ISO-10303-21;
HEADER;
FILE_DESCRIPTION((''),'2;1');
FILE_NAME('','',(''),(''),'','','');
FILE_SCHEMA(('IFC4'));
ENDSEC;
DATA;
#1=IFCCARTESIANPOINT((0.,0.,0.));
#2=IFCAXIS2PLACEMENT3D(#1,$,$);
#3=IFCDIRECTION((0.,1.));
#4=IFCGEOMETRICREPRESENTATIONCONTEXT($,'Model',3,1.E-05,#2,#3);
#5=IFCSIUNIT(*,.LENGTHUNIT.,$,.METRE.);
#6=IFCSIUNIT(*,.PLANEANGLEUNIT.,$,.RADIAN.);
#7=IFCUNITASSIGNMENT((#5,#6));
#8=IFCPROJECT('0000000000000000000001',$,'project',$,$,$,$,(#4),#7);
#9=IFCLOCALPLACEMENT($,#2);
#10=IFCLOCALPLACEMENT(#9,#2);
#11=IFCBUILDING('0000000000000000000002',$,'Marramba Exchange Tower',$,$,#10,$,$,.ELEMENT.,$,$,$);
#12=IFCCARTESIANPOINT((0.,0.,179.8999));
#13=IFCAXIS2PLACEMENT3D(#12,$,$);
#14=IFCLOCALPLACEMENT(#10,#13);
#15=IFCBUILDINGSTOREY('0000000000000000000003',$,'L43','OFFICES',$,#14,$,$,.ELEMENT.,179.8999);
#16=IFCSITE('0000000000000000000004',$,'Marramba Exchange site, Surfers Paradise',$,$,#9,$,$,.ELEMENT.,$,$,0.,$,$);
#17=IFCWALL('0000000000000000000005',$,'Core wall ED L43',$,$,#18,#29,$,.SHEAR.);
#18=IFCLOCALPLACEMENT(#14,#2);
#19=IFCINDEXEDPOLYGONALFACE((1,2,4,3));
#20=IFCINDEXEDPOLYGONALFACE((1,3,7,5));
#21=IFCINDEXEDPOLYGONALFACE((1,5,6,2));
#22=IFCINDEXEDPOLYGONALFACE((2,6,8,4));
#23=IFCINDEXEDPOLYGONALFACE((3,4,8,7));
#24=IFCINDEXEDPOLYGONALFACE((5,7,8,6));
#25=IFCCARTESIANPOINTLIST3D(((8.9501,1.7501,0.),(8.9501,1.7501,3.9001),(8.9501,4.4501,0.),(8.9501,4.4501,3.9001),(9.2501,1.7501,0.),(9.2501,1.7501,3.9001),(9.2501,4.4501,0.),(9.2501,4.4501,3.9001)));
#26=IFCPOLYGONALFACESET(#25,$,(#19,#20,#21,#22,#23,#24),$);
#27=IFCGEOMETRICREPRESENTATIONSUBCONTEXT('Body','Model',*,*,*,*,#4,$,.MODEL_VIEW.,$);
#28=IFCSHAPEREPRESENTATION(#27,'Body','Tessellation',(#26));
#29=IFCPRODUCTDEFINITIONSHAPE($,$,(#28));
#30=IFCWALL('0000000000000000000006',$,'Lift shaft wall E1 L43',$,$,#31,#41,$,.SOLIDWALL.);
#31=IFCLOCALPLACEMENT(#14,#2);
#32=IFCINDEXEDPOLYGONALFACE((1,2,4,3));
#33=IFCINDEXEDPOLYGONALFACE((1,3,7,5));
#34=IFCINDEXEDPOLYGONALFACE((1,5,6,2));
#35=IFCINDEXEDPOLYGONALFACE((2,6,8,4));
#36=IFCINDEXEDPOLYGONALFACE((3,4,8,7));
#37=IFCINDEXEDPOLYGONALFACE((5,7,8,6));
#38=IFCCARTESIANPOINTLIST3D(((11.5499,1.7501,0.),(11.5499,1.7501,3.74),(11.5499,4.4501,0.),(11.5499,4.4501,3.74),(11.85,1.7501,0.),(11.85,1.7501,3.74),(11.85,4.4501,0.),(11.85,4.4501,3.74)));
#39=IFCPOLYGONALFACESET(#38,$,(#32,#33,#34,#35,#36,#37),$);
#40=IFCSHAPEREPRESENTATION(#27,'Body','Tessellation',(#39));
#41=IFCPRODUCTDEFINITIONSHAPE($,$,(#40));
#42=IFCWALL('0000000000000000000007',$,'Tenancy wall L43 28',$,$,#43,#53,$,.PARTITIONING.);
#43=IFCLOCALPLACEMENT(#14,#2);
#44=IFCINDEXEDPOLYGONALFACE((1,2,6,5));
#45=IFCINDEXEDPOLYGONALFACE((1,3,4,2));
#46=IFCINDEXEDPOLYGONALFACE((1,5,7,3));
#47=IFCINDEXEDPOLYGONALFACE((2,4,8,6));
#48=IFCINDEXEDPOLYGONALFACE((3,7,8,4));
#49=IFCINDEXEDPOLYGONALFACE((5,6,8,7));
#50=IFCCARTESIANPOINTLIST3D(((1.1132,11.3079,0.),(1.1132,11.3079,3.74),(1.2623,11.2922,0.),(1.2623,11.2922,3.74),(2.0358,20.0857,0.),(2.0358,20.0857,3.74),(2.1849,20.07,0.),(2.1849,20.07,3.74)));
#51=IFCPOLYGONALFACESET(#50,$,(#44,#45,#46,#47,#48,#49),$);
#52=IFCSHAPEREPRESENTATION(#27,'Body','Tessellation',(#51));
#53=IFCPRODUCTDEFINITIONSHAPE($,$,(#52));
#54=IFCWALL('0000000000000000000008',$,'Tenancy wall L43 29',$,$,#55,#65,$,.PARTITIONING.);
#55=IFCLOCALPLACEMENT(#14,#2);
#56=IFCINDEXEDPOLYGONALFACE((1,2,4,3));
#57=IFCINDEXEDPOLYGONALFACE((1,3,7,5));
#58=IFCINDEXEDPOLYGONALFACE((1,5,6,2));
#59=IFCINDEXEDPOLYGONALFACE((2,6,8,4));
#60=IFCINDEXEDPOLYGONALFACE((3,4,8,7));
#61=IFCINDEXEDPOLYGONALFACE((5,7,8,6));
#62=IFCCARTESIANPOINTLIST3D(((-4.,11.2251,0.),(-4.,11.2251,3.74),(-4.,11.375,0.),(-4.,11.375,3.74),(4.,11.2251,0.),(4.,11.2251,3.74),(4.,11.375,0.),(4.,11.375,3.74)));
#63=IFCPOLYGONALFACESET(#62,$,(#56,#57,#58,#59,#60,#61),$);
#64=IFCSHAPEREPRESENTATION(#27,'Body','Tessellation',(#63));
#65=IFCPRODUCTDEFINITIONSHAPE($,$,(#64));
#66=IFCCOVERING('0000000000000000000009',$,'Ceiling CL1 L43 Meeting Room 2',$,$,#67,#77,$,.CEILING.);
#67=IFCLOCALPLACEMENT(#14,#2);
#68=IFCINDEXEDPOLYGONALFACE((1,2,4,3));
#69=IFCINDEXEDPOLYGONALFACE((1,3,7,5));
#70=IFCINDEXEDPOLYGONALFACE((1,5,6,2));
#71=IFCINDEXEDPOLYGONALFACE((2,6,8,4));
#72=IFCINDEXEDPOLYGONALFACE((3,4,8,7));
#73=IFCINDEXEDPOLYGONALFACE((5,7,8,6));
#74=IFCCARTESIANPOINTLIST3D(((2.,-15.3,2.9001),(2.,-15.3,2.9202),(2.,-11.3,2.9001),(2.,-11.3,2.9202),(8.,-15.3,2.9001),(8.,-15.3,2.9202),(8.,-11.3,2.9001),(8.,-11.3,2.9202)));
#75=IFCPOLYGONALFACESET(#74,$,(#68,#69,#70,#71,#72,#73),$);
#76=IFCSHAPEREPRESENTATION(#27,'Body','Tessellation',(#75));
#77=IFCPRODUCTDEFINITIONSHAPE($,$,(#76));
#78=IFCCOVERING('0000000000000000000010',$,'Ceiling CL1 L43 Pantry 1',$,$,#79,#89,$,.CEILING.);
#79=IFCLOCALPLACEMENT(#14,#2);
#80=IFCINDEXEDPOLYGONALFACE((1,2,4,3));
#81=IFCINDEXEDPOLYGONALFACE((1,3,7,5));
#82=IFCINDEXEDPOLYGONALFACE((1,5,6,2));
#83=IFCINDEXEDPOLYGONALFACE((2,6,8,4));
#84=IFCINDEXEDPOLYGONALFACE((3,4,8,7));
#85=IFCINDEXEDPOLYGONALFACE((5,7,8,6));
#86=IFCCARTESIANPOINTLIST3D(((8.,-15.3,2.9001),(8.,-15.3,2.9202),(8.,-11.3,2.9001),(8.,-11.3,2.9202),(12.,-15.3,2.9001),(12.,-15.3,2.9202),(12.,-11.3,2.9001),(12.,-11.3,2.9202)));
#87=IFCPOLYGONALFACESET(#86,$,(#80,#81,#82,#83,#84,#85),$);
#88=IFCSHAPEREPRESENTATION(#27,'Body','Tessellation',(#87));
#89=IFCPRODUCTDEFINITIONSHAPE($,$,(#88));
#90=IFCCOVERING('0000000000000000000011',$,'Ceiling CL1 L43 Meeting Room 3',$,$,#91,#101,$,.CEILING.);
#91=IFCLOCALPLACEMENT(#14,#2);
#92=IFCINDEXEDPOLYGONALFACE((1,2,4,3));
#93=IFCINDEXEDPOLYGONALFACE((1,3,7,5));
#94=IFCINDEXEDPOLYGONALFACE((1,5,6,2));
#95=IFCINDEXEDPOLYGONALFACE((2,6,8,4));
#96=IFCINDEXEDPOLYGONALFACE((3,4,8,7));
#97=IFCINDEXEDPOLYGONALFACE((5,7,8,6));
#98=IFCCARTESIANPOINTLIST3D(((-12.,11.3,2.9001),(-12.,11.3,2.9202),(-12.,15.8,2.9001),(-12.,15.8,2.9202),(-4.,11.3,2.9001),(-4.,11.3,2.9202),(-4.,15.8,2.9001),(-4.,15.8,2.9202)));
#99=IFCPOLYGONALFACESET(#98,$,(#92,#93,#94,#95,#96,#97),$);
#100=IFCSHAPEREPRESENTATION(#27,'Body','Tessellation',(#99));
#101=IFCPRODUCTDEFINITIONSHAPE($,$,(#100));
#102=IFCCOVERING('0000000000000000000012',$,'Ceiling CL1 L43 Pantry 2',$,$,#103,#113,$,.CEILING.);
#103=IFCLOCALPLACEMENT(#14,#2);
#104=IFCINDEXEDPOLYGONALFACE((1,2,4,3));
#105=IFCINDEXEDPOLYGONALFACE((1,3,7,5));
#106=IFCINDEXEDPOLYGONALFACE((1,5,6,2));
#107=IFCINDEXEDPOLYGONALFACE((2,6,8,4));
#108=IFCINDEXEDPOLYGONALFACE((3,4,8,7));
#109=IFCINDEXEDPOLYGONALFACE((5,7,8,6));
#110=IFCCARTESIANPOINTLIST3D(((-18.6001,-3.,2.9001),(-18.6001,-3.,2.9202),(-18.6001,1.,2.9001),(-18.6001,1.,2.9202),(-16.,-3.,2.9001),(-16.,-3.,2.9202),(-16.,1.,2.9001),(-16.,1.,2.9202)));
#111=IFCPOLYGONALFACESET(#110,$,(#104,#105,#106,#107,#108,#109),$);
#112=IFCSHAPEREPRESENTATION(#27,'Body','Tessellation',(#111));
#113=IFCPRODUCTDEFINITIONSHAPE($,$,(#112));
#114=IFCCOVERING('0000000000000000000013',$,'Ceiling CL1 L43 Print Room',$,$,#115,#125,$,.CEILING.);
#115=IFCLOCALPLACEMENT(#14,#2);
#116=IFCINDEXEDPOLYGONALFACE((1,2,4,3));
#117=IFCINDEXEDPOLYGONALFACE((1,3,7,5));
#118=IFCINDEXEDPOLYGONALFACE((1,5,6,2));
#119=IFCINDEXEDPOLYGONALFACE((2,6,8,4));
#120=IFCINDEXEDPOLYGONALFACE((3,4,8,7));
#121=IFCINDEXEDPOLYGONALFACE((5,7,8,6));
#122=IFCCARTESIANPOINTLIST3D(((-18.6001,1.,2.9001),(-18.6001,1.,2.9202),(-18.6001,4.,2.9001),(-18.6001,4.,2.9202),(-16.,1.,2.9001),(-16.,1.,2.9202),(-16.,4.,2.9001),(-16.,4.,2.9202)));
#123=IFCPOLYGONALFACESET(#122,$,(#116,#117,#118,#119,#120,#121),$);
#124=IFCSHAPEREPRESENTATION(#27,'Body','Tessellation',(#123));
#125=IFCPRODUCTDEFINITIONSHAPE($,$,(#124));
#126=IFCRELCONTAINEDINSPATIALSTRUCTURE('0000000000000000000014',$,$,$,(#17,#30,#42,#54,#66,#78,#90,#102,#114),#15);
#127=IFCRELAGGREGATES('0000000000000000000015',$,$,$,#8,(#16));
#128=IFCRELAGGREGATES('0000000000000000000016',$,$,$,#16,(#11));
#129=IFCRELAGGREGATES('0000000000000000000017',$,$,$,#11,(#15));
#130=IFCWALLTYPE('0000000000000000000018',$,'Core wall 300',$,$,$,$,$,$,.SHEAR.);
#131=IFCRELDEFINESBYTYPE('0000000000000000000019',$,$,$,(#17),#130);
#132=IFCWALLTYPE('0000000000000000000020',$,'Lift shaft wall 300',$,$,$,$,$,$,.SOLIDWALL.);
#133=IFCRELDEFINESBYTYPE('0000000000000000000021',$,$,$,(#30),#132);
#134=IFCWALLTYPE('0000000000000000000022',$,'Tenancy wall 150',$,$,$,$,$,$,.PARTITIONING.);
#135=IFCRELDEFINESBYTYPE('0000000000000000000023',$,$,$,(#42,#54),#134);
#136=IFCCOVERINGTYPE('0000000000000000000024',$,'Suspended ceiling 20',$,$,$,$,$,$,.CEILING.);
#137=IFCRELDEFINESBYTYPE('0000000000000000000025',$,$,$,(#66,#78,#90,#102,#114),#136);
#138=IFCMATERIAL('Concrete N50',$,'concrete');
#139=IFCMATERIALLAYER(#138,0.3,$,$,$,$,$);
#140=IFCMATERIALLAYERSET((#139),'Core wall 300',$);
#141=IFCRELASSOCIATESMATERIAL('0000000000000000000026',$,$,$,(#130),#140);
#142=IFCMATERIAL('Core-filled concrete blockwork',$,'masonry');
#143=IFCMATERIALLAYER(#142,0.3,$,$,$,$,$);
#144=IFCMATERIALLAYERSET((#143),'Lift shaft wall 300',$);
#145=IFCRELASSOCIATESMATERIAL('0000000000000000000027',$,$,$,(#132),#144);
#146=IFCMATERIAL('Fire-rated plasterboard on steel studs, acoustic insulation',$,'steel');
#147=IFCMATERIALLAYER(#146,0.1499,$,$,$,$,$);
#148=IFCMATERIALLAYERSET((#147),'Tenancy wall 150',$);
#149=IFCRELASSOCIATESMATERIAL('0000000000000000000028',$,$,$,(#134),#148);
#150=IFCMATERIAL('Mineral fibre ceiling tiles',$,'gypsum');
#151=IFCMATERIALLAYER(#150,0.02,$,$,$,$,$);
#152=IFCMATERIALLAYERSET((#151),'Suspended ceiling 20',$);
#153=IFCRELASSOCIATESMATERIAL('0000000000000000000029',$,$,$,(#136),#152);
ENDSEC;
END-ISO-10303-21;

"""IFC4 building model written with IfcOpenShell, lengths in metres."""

from ifc_helpers import new_model, si_unit, direction, frame, frame_2d, origin, place, context, subcontext, project, spatial, polyline, rectangle, outline, extrude, material, layer, layer_set, type_object, element, save


model = new_model("IFC4")

# Units and contexts
model_context = context("Model", 3, precision=1e-05, world=origin(), true_north=direction((0.0, 1.0)))
body_context = subcontext(model_context, "Body", "Model", "MODEL_VIEW")
ifc_project = project(units=[si_unit("LENGTHUNIT", "METRE"), si_unit("PLANEANGLEUNIT", "RADIAN")], contexts=[model_context])

# Site, building, storey
site_placement = place(None, origin())
site = spatial("IfcSite", under=ifc_project, at=site_placement, Name="Marramba Exchange site, Surfers Paradise", CompositionType="ELEMENT", RefElevation=0.0)
building_placement = place(site_placement, origin())
building = spatial("IfcBuilding", under=site, at=building_placement, Name="Marramba Exchange Tower", CompositionType="ELEMENT")
storey_placement = place(building_placement, frame((0.0, 0.0, 179.8999)))
storey = spatial("IfcBuildingStorey", under=building, at=storey_placement, Name="L43", Description="OFFICES", CompositionType="ELEMENT", Elevation=179.8999)

# Walls
ifc_material_1 = material(Name="Concrete N50", Category="concrete")
ifc_layer_1 = layer(ifc_material_1, 0.3)
ifc_layer_set_1 = layer_set([ifc_layer_1], Name="Core wall 300")
wall_type_1 = type_object("IfcWallType", Name="Core wall 300", PredefinedType="SHEAR", material=ifc_layer_set_1)
wall_1_placement = place(storey_placement, frame((9.1001, 1.75, 0.0), z_axis=(0.0, 0.0, 1.0), x_axis=(0.0, 1.0, 0.0)))
element("IfcWall", 1, at=wall_1_placement, inside=storey, type_object=wall_type_1, Name="Core wall ED L43", PredefinedType="SHEAR", context=body_context, shape_type="SweptSolid", body=[
    extrude(rectangle(XDim=2.7, YDim=0.3, at=frame_2d((1.3501, 0.0))), origin(), (0.0, 0.0, 1.0), 3.9001),
])
ifc_material_2 = material(Name="Core-filled concrete blockwork", Category="masonry")
ifc_layer_2 = layer(ifc_material_2, 0.3)
ifc_layer_set_2 = layer_set([ifc_layer_2], Name="Lift shaft wall 300")
wall_type_2 = type_object("IfcWallType", Name="Lift shaft wall 300", PredefinedType="SOLIDWALL", material=ifc_layer_set_2)
wall_2_placement = place(storey_placement, frame((11.7, 1.75, 0.0), z_axis=(0.0, 0.0, 1.0), x_axis=(0.0, 1.0, 0.0)))
element("IfcWall", 2, at=wall_2_placement, inside=storey, type_object=wall_type_2, Name="Lift shaft wall E1 L43", PredefinedType="SOLIDWALL", context=body_context, shape_type="SweptSolid", body=[
    extrude(rectangle(XDim=2.7, YDim=0.3, at=frame_2d((1.3501, 0.0))), origin(), (0.0, 0.0, 1.0), 3.74),
])
ifc_material_3 = material(Name="Fire-rated plasterboard on steel studs, acoustic insulation", Category="steel")
ifc_layer_3 = layer(ifc_material_3, 0.1499)
ifc_layer_set_3 = layer_set([ifc_layer_3], Name="Tenancy wall 150")
wall_type_3 = type_object("IfcWallType", Name="Tenancy wall 150", PredefinedType="PARTITIONING", material=ifc_layer_set_3)
wall_3_placement = place(storey_placement, frame((1.1877, 11.3, 0.0), z_axis=(0.0, 0.0, 1.0), x_axis=(0.104531, 0.994522, 0.0)))
element("IfcWall", 3, at=wall_3_placement, inside=storey, type_object=wall_type_3, Name="Tenancy wall L43 28", PredefinedType="PARTITIONING", context=body_context, shape_type="SweptSolid", body=[
    extrude(rectangle(XDim=8.8262, YDim=0.1499, at=frame_2d((4.4131, 0.0))), origin(), (0.0, 0.0, 1.0), 3.74),
])
wall_4_placement = place(storey_placement, frame((4.0, 11.3, 0.0), z_axis=(0.0, 0.0, 1.0), x_axis=(-1.0, 0.0, 0.0)))
element("IfcWall", 4, at=wall_4_placement, inside=storey, type_object=wall_type_3, Name="Tenancy wall L43 29", PredefinedType="PARTITIONING", context=body_context, shape_type="SweptSolid", body=[
    extrude(rectangle(XDim=8.0, YDim=0.1499, at=frame_2d((4.0, 0.0))), origin(), (0.0, 0.0, 1.0), 3.74),
])

# Coverings
ifc_material_4 = material(Name="Mineral fibre ceiling tiles", Category="gypsum")
ifc_layer_4 = layer(ifc_material_4, 0.02)
ifc_layer_set_4 = layer_set([ifc_layer_4], Name="Suspended ceiling 20")
covering_type = type_object("IfcCoveringType", Name="Suspended ceiling 20", PredefinedType="CEILING", material=ifc_layer_set_4)
covering_1_placement = place(storey_placement, frame((0.0, 0.0, 2.9001)))
element("IfcCovering", 5, at=covering_1_placement, inside=storey, type_object=covering_type, Name="Ceiling CL1 L43 Meeting Room 2", PredefinedType="CEILING", context=body_context, shape_type="SweptSolid", body=[
    extrude(outline(polyline([(8.0, -15.3), (2.0, -15.3), (2.0, -11.3), (8.0, -11.3), (8.0, -15.3)])), origin(), (0.0, 0.0, 1.0), 0.02),
])
covering_2_placement = place(storey_placement, frame((0.0, 0.0, 2.9001)))
element("IfcCovering", 6, at=covering_2_placement, inside=storey, type_object=covering_type, Name="Ceiling CL1 L43 Pantry 1", PredefinedType="CEILING", context=body_context, shape_type="SweptSolid", body=[
    extrude(outline(polyline([(12.0, -15.3), (8.0, -15.3), (8.0, -11.3), (12.0, -11.3), (12.0, -15.3)])), origin(), (0.0, 0.0, 1.0), 0.02),
])
covering_3_placement = place(storey_placement, frame((0.0, 0.0, 2.9001)))
element("IfcCovering", 7, at=covering_3_placement, inside=storey, type_object=covering_type, Name="Ceiling CL1 L43 Meeting Room 3", PredefinedType="CEILING", context=body_context, shape_type="SweptSolid", body=[
    extrude(outline(polyline([(-4.0, 11.3), (-12.0, 11.3), (-12.0, 15.8), (-4.0, 15.8), (-4.0, 11.3)])), origin(), (0.0, 0.0, 1.0), 0.02),
])
covering_4_placement = place(storey_placement, frame((0.0, 0.0, 2.9001)))
element("IfcCovering", 8, at=covering_4_placement, inside=storey, type_object=covering_type, Name="Ceiling CL1 L43 Pantry 2", PredefinedType="CEILING", context=body_context, shape_type="SweptSolid", body=[
    extrude(outline(polyline([(-16.0, -3.0), (-18.6001, -3.0), (-18.6001, 1.0), (-16.0, 1.0), (-16.0, -3.0)])), origin(), (0.0, 0.0, 1.0), 0.02),
])
covering_5_placement = place(storey_placement, frame((0.0, 0.0, 2.9001)))
element("IfcCovering", 9, at=covering_5_placement, inside=storey, type_object=covering_type, Name="Ceiling CL1 L43 Print Room", PredefinedType="CEILING", context=body_context, shape_type="SweptSolid", body=[
    extrude(outline(polyline([(-16.0, 1.0), (-18.6001, 1.0), (-18.6001, 4.0), (-16.0, 4.0), (-16.0, 1.0)])), origin(), (0.0, 0.0, 1.0), 0.02),
])

save(model, "model.ifc")
